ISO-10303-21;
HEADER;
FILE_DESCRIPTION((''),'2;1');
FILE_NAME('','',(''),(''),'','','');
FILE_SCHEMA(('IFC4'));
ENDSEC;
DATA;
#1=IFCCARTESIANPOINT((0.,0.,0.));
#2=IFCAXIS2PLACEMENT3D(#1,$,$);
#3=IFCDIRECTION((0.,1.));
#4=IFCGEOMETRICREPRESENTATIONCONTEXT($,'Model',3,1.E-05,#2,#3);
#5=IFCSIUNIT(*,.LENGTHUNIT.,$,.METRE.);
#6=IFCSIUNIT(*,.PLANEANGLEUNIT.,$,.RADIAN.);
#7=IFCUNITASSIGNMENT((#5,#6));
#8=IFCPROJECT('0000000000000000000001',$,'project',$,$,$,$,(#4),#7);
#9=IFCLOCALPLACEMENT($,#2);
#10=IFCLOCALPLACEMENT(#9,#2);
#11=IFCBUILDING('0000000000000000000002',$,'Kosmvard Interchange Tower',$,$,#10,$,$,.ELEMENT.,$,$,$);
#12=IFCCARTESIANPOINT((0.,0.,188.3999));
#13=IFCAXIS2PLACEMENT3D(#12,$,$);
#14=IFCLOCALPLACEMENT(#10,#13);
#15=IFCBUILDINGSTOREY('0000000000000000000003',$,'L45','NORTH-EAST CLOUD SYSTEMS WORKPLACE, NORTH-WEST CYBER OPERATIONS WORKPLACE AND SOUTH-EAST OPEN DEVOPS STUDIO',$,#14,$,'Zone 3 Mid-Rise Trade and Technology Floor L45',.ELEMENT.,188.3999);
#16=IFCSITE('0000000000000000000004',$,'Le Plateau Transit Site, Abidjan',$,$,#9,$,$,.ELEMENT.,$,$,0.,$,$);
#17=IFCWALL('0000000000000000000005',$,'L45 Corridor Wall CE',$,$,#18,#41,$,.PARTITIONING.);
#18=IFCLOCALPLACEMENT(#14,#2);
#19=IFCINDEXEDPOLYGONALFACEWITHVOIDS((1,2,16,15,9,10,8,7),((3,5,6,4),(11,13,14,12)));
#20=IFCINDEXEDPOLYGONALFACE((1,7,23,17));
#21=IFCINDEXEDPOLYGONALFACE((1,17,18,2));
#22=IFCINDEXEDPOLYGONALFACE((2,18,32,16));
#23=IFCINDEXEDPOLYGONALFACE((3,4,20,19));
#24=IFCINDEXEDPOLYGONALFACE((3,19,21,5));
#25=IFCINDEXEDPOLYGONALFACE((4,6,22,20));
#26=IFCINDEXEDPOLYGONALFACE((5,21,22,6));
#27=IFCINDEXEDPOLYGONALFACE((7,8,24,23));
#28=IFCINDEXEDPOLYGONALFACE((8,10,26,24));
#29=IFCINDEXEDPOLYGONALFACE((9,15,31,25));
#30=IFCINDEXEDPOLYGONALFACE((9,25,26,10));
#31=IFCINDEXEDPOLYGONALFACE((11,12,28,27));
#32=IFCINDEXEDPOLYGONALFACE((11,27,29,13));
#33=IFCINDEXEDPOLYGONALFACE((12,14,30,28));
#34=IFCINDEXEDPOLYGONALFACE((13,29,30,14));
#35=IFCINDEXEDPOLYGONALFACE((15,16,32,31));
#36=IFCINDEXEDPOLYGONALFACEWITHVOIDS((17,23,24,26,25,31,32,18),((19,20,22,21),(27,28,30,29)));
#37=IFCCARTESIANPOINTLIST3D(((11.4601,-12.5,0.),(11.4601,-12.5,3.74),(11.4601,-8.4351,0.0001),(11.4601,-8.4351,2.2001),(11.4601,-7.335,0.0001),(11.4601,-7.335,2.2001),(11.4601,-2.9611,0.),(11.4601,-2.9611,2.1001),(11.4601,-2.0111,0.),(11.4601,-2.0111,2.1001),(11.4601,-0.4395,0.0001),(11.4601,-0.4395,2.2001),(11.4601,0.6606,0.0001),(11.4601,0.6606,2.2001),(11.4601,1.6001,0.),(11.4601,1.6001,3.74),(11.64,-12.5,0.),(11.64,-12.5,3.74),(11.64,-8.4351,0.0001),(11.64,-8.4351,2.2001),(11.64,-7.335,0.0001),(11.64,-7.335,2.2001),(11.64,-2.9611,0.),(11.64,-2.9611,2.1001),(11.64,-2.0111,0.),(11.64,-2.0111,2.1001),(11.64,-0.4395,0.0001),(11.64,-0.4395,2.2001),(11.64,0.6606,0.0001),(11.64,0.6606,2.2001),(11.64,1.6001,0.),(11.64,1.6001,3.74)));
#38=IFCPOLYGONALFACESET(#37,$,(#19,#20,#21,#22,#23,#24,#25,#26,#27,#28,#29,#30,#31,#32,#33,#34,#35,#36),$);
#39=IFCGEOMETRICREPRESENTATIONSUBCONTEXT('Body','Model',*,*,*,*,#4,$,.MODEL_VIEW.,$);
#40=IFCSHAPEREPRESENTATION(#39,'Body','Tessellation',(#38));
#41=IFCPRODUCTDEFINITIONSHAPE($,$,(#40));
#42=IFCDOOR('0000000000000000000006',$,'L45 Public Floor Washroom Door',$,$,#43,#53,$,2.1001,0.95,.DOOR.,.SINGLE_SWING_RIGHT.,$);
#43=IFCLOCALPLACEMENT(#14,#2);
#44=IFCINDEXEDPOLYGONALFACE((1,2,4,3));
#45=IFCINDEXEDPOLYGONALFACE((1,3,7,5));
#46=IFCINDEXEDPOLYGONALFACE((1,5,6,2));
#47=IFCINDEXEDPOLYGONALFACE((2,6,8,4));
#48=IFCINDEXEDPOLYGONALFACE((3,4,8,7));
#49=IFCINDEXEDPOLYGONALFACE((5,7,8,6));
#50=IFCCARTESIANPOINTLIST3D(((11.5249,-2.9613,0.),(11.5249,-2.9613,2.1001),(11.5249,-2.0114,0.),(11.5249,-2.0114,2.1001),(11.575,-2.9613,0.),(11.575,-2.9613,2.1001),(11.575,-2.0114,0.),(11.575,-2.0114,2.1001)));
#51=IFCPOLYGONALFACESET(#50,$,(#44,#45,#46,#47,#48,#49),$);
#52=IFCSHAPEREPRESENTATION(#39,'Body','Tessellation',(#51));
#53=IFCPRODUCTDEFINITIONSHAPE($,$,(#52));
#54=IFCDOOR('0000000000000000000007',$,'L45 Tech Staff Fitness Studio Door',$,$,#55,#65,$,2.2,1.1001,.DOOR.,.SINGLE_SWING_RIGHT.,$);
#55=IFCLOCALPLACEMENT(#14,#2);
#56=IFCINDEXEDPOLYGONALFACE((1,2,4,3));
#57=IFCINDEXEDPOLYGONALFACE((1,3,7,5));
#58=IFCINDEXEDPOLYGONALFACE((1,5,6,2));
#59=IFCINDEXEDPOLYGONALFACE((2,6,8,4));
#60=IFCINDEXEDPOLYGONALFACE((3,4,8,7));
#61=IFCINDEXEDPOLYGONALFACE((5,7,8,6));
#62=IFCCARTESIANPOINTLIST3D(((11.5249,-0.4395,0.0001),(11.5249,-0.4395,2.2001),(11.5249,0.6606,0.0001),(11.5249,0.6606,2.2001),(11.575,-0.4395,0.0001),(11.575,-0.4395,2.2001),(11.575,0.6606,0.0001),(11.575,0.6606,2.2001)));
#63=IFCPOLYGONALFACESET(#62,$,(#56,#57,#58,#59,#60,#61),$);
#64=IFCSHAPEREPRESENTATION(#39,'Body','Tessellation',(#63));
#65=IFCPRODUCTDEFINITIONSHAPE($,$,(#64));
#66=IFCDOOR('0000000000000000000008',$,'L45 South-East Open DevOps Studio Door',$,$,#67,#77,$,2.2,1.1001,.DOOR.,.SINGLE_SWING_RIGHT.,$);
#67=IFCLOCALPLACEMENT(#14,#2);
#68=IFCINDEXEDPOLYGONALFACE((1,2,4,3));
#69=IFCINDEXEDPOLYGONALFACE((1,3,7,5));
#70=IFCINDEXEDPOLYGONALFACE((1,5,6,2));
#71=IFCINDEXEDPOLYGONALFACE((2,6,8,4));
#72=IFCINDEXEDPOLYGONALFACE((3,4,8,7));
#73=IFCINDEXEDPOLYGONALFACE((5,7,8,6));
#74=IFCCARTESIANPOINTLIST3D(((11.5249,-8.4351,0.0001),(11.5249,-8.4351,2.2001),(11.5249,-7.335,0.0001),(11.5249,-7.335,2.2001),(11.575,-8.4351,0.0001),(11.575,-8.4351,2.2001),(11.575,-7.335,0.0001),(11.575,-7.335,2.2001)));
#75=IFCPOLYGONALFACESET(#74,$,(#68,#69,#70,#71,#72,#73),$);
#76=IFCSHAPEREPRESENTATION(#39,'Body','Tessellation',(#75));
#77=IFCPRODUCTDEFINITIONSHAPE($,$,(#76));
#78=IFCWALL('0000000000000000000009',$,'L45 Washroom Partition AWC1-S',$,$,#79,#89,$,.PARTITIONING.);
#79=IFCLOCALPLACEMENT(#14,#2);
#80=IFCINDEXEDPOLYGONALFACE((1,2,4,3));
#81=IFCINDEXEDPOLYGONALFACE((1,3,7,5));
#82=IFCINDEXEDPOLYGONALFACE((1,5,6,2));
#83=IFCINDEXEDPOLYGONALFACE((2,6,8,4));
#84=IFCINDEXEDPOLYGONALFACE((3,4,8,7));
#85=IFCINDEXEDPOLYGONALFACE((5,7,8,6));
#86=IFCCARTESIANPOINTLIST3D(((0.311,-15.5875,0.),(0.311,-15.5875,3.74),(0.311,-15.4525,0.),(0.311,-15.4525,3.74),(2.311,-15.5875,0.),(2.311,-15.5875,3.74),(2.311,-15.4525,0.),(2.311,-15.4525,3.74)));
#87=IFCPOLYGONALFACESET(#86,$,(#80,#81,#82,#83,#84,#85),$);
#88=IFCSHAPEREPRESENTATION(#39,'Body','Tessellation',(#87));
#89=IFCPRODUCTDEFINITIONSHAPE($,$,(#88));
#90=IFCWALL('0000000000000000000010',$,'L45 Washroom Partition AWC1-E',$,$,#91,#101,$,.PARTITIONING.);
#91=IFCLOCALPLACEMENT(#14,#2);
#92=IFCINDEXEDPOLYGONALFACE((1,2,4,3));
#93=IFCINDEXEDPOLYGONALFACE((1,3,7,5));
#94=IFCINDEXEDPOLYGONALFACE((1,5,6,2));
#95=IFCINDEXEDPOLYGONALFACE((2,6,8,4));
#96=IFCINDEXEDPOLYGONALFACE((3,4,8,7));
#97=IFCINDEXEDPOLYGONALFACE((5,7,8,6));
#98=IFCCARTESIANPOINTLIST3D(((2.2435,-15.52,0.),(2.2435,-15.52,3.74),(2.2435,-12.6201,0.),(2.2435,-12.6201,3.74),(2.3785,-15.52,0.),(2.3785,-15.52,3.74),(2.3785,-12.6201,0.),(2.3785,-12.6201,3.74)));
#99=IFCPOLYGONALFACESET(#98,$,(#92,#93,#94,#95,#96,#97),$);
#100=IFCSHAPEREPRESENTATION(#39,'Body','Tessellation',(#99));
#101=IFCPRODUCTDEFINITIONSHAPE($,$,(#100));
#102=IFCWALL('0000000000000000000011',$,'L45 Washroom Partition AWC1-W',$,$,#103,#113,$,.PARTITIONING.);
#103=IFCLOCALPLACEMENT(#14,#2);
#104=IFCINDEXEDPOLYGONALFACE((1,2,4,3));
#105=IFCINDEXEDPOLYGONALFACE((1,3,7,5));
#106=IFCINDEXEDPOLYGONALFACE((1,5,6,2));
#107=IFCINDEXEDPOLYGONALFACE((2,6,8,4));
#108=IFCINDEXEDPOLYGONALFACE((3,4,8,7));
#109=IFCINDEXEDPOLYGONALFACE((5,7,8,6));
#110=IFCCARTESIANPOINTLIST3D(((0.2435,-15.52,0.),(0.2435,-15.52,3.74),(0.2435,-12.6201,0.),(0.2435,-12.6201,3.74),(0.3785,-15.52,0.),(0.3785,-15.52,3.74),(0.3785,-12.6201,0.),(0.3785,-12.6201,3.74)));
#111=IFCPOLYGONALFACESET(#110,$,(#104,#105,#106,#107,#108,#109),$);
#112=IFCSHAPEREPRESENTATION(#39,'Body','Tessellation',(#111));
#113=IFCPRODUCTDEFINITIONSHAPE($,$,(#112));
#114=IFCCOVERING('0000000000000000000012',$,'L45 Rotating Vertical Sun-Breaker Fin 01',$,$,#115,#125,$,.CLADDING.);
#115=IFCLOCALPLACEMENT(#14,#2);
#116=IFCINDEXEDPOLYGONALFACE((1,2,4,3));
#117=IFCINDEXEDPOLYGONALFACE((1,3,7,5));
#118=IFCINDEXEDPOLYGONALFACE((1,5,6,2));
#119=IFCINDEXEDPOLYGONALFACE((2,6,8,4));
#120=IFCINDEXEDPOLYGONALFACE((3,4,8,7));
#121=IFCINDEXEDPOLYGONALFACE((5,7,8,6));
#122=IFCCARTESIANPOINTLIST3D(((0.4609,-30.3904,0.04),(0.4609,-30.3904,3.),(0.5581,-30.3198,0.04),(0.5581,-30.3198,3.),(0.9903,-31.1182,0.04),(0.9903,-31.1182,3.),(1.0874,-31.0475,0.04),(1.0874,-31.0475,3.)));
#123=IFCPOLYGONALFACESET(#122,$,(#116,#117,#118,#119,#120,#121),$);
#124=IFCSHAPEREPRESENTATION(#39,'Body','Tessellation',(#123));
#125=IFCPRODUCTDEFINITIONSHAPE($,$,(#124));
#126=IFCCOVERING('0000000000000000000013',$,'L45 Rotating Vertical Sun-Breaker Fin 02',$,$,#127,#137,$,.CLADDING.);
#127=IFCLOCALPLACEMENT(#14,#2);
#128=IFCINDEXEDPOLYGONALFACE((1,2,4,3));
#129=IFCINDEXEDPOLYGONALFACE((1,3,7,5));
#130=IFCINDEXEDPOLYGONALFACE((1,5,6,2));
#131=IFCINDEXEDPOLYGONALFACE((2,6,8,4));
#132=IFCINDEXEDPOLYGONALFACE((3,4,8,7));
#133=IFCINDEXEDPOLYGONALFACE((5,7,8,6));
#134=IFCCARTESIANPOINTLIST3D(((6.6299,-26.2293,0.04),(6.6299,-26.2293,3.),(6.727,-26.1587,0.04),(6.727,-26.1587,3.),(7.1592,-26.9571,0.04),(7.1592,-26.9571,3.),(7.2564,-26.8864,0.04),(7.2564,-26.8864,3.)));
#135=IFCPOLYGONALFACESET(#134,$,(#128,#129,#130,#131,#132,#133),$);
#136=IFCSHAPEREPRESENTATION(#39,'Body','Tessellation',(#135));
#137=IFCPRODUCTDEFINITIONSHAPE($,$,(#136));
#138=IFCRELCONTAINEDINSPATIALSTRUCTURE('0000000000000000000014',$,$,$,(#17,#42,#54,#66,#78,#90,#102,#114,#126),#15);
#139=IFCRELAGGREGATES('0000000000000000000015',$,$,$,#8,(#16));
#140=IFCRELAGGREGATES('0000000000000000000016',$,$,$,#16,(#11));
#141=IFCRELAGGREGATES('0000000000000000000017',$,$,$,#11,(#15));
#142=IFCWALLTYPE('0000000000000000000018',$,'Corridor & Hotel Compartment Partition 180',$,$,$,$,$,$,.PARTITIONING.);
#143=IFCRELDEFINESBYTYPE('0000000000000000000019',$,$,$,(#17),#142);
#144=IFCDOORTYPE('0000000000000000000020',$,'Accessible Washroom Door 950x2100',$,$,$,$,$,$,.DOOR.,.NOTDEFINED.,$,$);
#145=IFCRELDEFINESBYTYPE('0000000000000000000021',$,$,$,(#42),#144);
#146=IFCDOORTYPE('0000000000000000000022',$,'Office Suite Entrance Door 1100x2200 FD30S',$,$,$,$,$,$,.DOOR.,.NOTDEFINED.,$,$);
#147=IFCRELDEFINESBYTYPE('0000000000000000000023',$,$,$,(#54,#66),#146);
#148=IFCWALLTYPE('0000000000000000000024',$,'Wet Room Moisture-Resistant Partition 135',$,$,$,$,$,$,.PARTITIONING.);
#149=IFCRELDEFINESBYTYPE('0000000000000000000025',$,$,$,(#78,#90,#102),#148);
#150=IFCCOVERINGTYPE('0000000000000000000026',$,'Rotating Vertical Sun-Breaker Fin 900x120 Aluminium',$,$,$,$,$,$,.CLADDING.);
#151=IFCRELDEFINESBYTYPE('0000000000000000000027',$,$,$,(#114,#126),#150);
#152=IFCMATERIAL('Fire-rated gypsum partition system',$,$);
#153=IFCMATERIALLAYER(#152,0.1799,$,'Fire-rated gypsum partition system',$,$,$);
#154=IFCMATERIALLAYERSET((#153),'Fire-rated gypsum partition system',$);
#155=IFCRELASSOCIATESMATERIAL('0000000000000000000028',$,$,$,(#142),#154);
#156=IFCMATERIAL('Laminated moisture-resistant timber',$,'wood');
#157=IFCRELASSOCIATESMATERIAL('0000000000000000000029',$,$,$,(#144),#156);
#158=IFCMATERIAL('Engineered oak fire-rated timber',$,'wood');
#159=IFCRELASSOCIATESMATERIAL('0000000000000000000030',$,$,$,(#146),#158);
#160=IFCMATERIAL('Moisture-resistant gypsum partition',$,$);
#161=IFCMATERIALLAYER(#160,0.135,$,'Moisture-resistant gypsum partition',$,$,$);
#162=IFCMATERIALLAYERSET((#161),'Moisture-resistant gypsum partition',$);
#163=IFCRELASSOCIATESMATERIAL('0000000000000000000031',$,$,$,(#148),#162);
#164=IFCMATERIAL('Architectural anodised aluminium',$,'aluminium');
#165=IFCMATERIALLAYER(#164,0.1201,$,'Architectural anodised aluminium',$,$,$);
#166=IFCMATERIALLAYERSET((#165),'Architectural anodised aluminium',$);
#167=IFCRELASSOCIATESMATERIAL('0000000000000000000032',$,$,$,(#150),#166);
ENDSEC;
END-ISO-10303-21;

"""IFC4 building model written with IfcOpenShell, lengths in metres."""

from ifc_helpers import new_model, si_unit, direction, frame, frame_2d, origin, origin_2d, place, context, subcontext, project, spatial, rectangle, extrude, source, transform, mapped, material, layer, layer_set, type_object, element, fill, save


model = new_model("IFC4")

# Units and contexts
model_context = context("Model", 3, precision=1e-05, world=origin(), true_north=direction((0.0, 1.0)))
body_context = subcontext(model_context, "Body", "Model", "MODEL_VIEW")
ifc_project = project(units=[si_unit("LENGTHUNIT", "METRE"), si_unit("PLANEANGLEUNIT", "RADIAN")], contexts=[model_context])

# Site, building, storey
site_placement = place(None, origin())
site = spatial("IfcSite", under=ifc_project, at=site_placement, Name="Le Plateau Transit Site, Abidjan", CompositionType="ELEMENT", RefElevation=0.0)
building_placement = place(site_placement, origin())
building = spatial("IfcBuilding", under=site, at=building_placement, Name="Kosmvard Interchange Tower", CompositionType="ELEMENT")
storey_placement = place(building_placement, frame((0.0, 0.0, 188.3999)))
storey = spatial("IfcBuildingStorey", under=building, at=storey_placement, Name="L45", Description="NORTH-EAST CLOUD SYSTEMS WORKPLACE, NORTH-WEST CYBER OPERATIONS WORKPLACE AND SOUTH-EAST OPEN DEVOPS STUDIO", LongName="Zone 3 Mid-Rise Trade and Technology Floor L45", CompositionType="ELEMENT", Elevation=188.3999)

# Wall, openings, doors
ifc_material_1 = material(Name="Fire-rated gypsum partition system")
ifc_layer_1 = layer(ifc_material_1, 0.1799, Name="Fire-rated gypsum partition system")
ifc_layer_set_1 = layer_set([ifc_layer_1], Name="Fire-rated gypsum partition system")
wall_type_1 = type_object("IfcWallType", Name="Corridor & Hotel Compartment Partition 180", PredefinedType="PARTITIONING", material=ifc_layer_set_1)
wall_1_placement = place(storey_placement, frame((11.55, -12.5, 0.0), z_axis=(0.0, 0.0, 1.0), x_axis=(0.0, 1.0, 0.0)))
wall_1 = element("IfcWall", 1, at=wall_1_placement, inside=storey, type_object=wall_type_1, Name="L45 Corridor Wall CE", PredefinedType="PARTITIONING", context=body_context, shape_type="SweptSolid", body=[
    extrude(rectangle(XDim=14.1001, YDim=0.1799, at=frame_2d((7.05, 0.0))), origin(), (0.0, 0.0, 1.0), 3.74),
])
opening_1_placement = place(wall_1_placement, frame((9.5388, 0.0, 0.0)))
opening_1 = element("IfcOpeningElement", 2, at=opening_1_placement, cuts=wall_1, PredefinedType="OPENING", context=body_context, shape_type="SweptSolid", body=[
    extrude(rectangle(XDim=0.95, YDim=2.1001, at=frame_2d((0.4751, 1.05))), frame((0.0, 0.1001, 0.0), z_axis=(0.0, -1.0, 0.0), x_axis=(1.0, 0.0, 0.0)), (0.0, 0.0, 1.0), 0.2),
])
opening_2_placement = place(wall_1_placement, frame((12.0605, 0.0, 0.0)))
opening_2 = element("IfcOpeningElement", 3, at=opening_2_placement, cuts=wall_1, PredefinedType="OPENING", context=body_context, shape_type="SweptSolid", body=[
    extrude(rectangle(XDim=1.1001, YDim=2.2, at=frame_2d((0.55, 1.1001))), frame((0.0, 0.1001, 0.0), z_axis=(0.0, -1.0, 0.0), x_axis=(1.0, 0.0, 0.0)), (0.0, 0.0, 1.0), 0.2),
])
opening_3_placement = place(wall_1_placement, frame((4.0649, 0.0, 0.0)))
opening_3 = element("IfcOpeningElement", 4, at=opening_3_placement, cuts=wall_1, PredefinedType="OPENING", context=body_context, shape_type="SweptSolid", body=[
    extrude(rectangle(XDim=1.1001, YDim=2.2, at=frame_2d((0.55, 1.1001))), frame((0.0, 0.1001, 0.0), z_axis=(0.0, -1.0, 0.0), x_axis=(1.0, 0.0, 0.0)), (0.0, 0.0, 1.0), 0.2),
])
ifc_material_2 = material(Name="Laminated moisture-resistant timber", Category="wood")
door_type_1 = type_object("IfcDoorType", Name="Accessible Washroom Door 950x2100", OperationType="NOTDEFINED", PredefinedType="DOOR", material=ifc_material_2)
shared_shape_1 = source(origin(), body_context, "Body", "SweptSolid", [
    extrude(rectangle(XDim=0.95, YDim=2.1001, at=frame_2d((0.4751, 1.05))), frame((0.0, 0.0249, 0.0), z_axis=(0.0, -1.0, 0.0), x_axis=(1.0, 0.0, 0.0)), (0.0, 0.0, 1.0), 0.05),
])
door_1_placement = place(opening_1_placement, frame((0.95, 0.0, 0.0), z_axis=(0.0, 0.0, 1.0), x_axis=(-1.0, 0.0, 0.0)))
door_1 = element("IfcDoor", 5, at=door_1_placement, inside=storey, type_object=door_type_1, Name="L45 Public Floor Washroom Door", OperationType="SINGLE_SWING_RIGHT", OverallHeight=2.1001, OverallWidth=0.95, PredefinedType="DOOR", context=body_context, shape_type="MappedRepresentation", body=[
    mapped(shared_shape_1, transform((0.0, 0.0, 0.0), scale=1.0)),
])
fill(opening_1, door_1)
ifc_material_3 = material(Name="Engineered oak fire-rated timber", Category="wood")
door_type_2 = type_object("IfcDoorType", Name="Office Suite Entrance Door 1100x2200 FD30S", OperationType="NOTDEFINED", PredefinedType="DOOR", material=ifc_material_3)
shared_shape_2 = source(origin(), body_context, "Body", "SweptSolid", [
    extrude(rectangle(XDim=1.1001, YDim=2.2, at=frame_2d((0.55, 1.1001))), frame((0.0, 0.0249, 0.0), z_axis=(0.0, -1.0, 0.0), x_axis=(1.0, 0.0, 0.0)), (0.0, 0.0, 1.0), 0.05),
])
door_2_placement = place(opening_2_placement, frame((1.1001, 0.0, 0.0), z_axis=(0.0, 0.0, 1.0), x_axis=(-1.0, 0.0, 0.0)))
door_2 = element("IfcDoor", 6, at=door_2_placement, inside=storey, type_object=door_type_2, Name="L45 Tech Staff Fitness Studio Door", OperationType="SINGLE_SWING_RIGHT", OverallHeight=2.2, OverallWidth=1.1001, PredefinedType="DOOR", context=body_context, shape_type="MappedRepresentation", body=[
    mapped(shared_shape_2, transform((0.0, 0.0, 0.0), scale=1.0)),
])
fill(opening_2, door_2)
door_3_placement = place(opening_3_placement, frame((1.1001, 0.0, 0.0), z_axis=(0.0, 0.0, 1.0), x_axis=(-1.0, 0.0, 0.0)))
door_3 = element("IfcDoor", 7, at=door_3_placement, inside=storey, type_object=door_type_2, Name="L45 South-East Open DevOps Studio Door", OperationType="SINGLE_SWING_RIGHT", OverallHeight=2.2, OverallWidth=1.1001, PredefinedType="DOOR", context=body_context, shape_type="MappedRepresentation", body=[
    mapped(shared_shape_2, transform((0.0, 0.0, 0.0), scale=1.0)),
])
fill(opening_3, door_3)

# Walls
ifc_material_4 = material(Name="Moisture-resistant gypsum partition")
ifc_layer_2 = layer(ifc_material_4, 0.135, Name="Moisture-resistant gypsum partition")
ifc_layer_set_2 = layer_set([ifc_layer_2], Name="Moisture-resistant gypsum partition")
wall_type_2 = type_object("IfcWallType", Name="Wet Room Moisture-Resistant Partition 135", PredefinedType="PARTITIONING", material=ifc_layer_set_2)
wall_2_placement = place(storey_placement, frame((0.311, -15.52, 0.0), z_axis=(0.0, 0.0, 1.0), x_axis=(1.0, 0.0, 0.0)))
element("IfcWall", 8, at=wall_2_placement, inside=storey, type_object=wall_type_2, Name="L45 Washroom Partition AWC1-S", PredefinedType="PARTITIONING", context=body_context, shape_type="SweptSolid", body=[
    extrude(rectangle(XDim=2.0, YDim=0.135, at=frame_2d((1.0, 0.0))), origin(), (0.0, 0.0, 1.0), 3.74),
])
for number, where, z_axis, x_axis, name in (
    (9, (2.311, -15.52, 0.0), (0.0, 0.0, 1.0), (0.0, 1.0, 0.0), "L45 Washroom Partition AWC1-E"),
    (10, (0.311, -15.52, 0.0), (0.0, 0.0, 1.0), (0.0, 1.0, 0.0), "L45 Washroom Partition AWC1-W"),
):
    element("IfcWall", number, at=place(storey_placement, frame(where, z_axis=z_axis, x_axis=x_axis)), inside=storey, type_object=wall_type_2, Name=name, PredefinedType="PARTITIONING", context=body_context, shape_type="SweptSolid", body=[
        extrude(rectangle(XDim=2.8999, YDim=0.135, at=frame_2d((1.45, 0.0))), origin(), (0.0, 0.0, 1.0), 3.74),
    ])

# Coverings
ifc_material_5 = material(Name="Architectural anodised aluminium", Category="aluminium")
ifc_layer_3 = layer(ifc_material_5, 0.1201, Name="Architectural anodised aluminium")
ifc_layer_set_3 = layer_set([ifc_layer_3], Name="Architectural anodised aluminium")
covering_type = type_object("IfcCoveringType", Name="Rotating Vertical Sun-Breaker Fin 900x120 Aluminium", PredefinedType="CLADDING", material=ifc_layer_set_3)
shared_shape_3 = source(origin(), body_context, "Body", "SweptSolid", [
    extrude(rectangle(XDim=0.8999, YDim=0.1201, at=origin_2d()), origin(), (0.0, 0.0, 1.0), 2.96),
])
for number, where, z_axis, x_axis, name in (
    (11, (0.7742, -30.719, 0.04), (0.0, 0.0, 1.0), (0.588209, -0.808709, 0.0), "L45 Rotating Vertical Sun-Breaker Fin 01"),
    (12, (6.9431, -26.5579, 0.04), (0.0, 0.0, 1.0), (0.588209, -0.808709, 0.0), "L45 Rotating Vertical Sun-Breaker Fin 02"),
):
    element("IfcCovering", number, at=place(storey_placement, frame(where, z_axis=z_axis, x_axis=x_axis)), inside=storey, type_object=covering_type, Name=name, PredefinedType="CLADDING", context=body_context, shape_type="MappedRepresentation", body=[
        mapped(shared_shape_3, transform((0.0, 0.0, 0.0), scale=1.0)),
    ])

save(model, "model.ifc")
